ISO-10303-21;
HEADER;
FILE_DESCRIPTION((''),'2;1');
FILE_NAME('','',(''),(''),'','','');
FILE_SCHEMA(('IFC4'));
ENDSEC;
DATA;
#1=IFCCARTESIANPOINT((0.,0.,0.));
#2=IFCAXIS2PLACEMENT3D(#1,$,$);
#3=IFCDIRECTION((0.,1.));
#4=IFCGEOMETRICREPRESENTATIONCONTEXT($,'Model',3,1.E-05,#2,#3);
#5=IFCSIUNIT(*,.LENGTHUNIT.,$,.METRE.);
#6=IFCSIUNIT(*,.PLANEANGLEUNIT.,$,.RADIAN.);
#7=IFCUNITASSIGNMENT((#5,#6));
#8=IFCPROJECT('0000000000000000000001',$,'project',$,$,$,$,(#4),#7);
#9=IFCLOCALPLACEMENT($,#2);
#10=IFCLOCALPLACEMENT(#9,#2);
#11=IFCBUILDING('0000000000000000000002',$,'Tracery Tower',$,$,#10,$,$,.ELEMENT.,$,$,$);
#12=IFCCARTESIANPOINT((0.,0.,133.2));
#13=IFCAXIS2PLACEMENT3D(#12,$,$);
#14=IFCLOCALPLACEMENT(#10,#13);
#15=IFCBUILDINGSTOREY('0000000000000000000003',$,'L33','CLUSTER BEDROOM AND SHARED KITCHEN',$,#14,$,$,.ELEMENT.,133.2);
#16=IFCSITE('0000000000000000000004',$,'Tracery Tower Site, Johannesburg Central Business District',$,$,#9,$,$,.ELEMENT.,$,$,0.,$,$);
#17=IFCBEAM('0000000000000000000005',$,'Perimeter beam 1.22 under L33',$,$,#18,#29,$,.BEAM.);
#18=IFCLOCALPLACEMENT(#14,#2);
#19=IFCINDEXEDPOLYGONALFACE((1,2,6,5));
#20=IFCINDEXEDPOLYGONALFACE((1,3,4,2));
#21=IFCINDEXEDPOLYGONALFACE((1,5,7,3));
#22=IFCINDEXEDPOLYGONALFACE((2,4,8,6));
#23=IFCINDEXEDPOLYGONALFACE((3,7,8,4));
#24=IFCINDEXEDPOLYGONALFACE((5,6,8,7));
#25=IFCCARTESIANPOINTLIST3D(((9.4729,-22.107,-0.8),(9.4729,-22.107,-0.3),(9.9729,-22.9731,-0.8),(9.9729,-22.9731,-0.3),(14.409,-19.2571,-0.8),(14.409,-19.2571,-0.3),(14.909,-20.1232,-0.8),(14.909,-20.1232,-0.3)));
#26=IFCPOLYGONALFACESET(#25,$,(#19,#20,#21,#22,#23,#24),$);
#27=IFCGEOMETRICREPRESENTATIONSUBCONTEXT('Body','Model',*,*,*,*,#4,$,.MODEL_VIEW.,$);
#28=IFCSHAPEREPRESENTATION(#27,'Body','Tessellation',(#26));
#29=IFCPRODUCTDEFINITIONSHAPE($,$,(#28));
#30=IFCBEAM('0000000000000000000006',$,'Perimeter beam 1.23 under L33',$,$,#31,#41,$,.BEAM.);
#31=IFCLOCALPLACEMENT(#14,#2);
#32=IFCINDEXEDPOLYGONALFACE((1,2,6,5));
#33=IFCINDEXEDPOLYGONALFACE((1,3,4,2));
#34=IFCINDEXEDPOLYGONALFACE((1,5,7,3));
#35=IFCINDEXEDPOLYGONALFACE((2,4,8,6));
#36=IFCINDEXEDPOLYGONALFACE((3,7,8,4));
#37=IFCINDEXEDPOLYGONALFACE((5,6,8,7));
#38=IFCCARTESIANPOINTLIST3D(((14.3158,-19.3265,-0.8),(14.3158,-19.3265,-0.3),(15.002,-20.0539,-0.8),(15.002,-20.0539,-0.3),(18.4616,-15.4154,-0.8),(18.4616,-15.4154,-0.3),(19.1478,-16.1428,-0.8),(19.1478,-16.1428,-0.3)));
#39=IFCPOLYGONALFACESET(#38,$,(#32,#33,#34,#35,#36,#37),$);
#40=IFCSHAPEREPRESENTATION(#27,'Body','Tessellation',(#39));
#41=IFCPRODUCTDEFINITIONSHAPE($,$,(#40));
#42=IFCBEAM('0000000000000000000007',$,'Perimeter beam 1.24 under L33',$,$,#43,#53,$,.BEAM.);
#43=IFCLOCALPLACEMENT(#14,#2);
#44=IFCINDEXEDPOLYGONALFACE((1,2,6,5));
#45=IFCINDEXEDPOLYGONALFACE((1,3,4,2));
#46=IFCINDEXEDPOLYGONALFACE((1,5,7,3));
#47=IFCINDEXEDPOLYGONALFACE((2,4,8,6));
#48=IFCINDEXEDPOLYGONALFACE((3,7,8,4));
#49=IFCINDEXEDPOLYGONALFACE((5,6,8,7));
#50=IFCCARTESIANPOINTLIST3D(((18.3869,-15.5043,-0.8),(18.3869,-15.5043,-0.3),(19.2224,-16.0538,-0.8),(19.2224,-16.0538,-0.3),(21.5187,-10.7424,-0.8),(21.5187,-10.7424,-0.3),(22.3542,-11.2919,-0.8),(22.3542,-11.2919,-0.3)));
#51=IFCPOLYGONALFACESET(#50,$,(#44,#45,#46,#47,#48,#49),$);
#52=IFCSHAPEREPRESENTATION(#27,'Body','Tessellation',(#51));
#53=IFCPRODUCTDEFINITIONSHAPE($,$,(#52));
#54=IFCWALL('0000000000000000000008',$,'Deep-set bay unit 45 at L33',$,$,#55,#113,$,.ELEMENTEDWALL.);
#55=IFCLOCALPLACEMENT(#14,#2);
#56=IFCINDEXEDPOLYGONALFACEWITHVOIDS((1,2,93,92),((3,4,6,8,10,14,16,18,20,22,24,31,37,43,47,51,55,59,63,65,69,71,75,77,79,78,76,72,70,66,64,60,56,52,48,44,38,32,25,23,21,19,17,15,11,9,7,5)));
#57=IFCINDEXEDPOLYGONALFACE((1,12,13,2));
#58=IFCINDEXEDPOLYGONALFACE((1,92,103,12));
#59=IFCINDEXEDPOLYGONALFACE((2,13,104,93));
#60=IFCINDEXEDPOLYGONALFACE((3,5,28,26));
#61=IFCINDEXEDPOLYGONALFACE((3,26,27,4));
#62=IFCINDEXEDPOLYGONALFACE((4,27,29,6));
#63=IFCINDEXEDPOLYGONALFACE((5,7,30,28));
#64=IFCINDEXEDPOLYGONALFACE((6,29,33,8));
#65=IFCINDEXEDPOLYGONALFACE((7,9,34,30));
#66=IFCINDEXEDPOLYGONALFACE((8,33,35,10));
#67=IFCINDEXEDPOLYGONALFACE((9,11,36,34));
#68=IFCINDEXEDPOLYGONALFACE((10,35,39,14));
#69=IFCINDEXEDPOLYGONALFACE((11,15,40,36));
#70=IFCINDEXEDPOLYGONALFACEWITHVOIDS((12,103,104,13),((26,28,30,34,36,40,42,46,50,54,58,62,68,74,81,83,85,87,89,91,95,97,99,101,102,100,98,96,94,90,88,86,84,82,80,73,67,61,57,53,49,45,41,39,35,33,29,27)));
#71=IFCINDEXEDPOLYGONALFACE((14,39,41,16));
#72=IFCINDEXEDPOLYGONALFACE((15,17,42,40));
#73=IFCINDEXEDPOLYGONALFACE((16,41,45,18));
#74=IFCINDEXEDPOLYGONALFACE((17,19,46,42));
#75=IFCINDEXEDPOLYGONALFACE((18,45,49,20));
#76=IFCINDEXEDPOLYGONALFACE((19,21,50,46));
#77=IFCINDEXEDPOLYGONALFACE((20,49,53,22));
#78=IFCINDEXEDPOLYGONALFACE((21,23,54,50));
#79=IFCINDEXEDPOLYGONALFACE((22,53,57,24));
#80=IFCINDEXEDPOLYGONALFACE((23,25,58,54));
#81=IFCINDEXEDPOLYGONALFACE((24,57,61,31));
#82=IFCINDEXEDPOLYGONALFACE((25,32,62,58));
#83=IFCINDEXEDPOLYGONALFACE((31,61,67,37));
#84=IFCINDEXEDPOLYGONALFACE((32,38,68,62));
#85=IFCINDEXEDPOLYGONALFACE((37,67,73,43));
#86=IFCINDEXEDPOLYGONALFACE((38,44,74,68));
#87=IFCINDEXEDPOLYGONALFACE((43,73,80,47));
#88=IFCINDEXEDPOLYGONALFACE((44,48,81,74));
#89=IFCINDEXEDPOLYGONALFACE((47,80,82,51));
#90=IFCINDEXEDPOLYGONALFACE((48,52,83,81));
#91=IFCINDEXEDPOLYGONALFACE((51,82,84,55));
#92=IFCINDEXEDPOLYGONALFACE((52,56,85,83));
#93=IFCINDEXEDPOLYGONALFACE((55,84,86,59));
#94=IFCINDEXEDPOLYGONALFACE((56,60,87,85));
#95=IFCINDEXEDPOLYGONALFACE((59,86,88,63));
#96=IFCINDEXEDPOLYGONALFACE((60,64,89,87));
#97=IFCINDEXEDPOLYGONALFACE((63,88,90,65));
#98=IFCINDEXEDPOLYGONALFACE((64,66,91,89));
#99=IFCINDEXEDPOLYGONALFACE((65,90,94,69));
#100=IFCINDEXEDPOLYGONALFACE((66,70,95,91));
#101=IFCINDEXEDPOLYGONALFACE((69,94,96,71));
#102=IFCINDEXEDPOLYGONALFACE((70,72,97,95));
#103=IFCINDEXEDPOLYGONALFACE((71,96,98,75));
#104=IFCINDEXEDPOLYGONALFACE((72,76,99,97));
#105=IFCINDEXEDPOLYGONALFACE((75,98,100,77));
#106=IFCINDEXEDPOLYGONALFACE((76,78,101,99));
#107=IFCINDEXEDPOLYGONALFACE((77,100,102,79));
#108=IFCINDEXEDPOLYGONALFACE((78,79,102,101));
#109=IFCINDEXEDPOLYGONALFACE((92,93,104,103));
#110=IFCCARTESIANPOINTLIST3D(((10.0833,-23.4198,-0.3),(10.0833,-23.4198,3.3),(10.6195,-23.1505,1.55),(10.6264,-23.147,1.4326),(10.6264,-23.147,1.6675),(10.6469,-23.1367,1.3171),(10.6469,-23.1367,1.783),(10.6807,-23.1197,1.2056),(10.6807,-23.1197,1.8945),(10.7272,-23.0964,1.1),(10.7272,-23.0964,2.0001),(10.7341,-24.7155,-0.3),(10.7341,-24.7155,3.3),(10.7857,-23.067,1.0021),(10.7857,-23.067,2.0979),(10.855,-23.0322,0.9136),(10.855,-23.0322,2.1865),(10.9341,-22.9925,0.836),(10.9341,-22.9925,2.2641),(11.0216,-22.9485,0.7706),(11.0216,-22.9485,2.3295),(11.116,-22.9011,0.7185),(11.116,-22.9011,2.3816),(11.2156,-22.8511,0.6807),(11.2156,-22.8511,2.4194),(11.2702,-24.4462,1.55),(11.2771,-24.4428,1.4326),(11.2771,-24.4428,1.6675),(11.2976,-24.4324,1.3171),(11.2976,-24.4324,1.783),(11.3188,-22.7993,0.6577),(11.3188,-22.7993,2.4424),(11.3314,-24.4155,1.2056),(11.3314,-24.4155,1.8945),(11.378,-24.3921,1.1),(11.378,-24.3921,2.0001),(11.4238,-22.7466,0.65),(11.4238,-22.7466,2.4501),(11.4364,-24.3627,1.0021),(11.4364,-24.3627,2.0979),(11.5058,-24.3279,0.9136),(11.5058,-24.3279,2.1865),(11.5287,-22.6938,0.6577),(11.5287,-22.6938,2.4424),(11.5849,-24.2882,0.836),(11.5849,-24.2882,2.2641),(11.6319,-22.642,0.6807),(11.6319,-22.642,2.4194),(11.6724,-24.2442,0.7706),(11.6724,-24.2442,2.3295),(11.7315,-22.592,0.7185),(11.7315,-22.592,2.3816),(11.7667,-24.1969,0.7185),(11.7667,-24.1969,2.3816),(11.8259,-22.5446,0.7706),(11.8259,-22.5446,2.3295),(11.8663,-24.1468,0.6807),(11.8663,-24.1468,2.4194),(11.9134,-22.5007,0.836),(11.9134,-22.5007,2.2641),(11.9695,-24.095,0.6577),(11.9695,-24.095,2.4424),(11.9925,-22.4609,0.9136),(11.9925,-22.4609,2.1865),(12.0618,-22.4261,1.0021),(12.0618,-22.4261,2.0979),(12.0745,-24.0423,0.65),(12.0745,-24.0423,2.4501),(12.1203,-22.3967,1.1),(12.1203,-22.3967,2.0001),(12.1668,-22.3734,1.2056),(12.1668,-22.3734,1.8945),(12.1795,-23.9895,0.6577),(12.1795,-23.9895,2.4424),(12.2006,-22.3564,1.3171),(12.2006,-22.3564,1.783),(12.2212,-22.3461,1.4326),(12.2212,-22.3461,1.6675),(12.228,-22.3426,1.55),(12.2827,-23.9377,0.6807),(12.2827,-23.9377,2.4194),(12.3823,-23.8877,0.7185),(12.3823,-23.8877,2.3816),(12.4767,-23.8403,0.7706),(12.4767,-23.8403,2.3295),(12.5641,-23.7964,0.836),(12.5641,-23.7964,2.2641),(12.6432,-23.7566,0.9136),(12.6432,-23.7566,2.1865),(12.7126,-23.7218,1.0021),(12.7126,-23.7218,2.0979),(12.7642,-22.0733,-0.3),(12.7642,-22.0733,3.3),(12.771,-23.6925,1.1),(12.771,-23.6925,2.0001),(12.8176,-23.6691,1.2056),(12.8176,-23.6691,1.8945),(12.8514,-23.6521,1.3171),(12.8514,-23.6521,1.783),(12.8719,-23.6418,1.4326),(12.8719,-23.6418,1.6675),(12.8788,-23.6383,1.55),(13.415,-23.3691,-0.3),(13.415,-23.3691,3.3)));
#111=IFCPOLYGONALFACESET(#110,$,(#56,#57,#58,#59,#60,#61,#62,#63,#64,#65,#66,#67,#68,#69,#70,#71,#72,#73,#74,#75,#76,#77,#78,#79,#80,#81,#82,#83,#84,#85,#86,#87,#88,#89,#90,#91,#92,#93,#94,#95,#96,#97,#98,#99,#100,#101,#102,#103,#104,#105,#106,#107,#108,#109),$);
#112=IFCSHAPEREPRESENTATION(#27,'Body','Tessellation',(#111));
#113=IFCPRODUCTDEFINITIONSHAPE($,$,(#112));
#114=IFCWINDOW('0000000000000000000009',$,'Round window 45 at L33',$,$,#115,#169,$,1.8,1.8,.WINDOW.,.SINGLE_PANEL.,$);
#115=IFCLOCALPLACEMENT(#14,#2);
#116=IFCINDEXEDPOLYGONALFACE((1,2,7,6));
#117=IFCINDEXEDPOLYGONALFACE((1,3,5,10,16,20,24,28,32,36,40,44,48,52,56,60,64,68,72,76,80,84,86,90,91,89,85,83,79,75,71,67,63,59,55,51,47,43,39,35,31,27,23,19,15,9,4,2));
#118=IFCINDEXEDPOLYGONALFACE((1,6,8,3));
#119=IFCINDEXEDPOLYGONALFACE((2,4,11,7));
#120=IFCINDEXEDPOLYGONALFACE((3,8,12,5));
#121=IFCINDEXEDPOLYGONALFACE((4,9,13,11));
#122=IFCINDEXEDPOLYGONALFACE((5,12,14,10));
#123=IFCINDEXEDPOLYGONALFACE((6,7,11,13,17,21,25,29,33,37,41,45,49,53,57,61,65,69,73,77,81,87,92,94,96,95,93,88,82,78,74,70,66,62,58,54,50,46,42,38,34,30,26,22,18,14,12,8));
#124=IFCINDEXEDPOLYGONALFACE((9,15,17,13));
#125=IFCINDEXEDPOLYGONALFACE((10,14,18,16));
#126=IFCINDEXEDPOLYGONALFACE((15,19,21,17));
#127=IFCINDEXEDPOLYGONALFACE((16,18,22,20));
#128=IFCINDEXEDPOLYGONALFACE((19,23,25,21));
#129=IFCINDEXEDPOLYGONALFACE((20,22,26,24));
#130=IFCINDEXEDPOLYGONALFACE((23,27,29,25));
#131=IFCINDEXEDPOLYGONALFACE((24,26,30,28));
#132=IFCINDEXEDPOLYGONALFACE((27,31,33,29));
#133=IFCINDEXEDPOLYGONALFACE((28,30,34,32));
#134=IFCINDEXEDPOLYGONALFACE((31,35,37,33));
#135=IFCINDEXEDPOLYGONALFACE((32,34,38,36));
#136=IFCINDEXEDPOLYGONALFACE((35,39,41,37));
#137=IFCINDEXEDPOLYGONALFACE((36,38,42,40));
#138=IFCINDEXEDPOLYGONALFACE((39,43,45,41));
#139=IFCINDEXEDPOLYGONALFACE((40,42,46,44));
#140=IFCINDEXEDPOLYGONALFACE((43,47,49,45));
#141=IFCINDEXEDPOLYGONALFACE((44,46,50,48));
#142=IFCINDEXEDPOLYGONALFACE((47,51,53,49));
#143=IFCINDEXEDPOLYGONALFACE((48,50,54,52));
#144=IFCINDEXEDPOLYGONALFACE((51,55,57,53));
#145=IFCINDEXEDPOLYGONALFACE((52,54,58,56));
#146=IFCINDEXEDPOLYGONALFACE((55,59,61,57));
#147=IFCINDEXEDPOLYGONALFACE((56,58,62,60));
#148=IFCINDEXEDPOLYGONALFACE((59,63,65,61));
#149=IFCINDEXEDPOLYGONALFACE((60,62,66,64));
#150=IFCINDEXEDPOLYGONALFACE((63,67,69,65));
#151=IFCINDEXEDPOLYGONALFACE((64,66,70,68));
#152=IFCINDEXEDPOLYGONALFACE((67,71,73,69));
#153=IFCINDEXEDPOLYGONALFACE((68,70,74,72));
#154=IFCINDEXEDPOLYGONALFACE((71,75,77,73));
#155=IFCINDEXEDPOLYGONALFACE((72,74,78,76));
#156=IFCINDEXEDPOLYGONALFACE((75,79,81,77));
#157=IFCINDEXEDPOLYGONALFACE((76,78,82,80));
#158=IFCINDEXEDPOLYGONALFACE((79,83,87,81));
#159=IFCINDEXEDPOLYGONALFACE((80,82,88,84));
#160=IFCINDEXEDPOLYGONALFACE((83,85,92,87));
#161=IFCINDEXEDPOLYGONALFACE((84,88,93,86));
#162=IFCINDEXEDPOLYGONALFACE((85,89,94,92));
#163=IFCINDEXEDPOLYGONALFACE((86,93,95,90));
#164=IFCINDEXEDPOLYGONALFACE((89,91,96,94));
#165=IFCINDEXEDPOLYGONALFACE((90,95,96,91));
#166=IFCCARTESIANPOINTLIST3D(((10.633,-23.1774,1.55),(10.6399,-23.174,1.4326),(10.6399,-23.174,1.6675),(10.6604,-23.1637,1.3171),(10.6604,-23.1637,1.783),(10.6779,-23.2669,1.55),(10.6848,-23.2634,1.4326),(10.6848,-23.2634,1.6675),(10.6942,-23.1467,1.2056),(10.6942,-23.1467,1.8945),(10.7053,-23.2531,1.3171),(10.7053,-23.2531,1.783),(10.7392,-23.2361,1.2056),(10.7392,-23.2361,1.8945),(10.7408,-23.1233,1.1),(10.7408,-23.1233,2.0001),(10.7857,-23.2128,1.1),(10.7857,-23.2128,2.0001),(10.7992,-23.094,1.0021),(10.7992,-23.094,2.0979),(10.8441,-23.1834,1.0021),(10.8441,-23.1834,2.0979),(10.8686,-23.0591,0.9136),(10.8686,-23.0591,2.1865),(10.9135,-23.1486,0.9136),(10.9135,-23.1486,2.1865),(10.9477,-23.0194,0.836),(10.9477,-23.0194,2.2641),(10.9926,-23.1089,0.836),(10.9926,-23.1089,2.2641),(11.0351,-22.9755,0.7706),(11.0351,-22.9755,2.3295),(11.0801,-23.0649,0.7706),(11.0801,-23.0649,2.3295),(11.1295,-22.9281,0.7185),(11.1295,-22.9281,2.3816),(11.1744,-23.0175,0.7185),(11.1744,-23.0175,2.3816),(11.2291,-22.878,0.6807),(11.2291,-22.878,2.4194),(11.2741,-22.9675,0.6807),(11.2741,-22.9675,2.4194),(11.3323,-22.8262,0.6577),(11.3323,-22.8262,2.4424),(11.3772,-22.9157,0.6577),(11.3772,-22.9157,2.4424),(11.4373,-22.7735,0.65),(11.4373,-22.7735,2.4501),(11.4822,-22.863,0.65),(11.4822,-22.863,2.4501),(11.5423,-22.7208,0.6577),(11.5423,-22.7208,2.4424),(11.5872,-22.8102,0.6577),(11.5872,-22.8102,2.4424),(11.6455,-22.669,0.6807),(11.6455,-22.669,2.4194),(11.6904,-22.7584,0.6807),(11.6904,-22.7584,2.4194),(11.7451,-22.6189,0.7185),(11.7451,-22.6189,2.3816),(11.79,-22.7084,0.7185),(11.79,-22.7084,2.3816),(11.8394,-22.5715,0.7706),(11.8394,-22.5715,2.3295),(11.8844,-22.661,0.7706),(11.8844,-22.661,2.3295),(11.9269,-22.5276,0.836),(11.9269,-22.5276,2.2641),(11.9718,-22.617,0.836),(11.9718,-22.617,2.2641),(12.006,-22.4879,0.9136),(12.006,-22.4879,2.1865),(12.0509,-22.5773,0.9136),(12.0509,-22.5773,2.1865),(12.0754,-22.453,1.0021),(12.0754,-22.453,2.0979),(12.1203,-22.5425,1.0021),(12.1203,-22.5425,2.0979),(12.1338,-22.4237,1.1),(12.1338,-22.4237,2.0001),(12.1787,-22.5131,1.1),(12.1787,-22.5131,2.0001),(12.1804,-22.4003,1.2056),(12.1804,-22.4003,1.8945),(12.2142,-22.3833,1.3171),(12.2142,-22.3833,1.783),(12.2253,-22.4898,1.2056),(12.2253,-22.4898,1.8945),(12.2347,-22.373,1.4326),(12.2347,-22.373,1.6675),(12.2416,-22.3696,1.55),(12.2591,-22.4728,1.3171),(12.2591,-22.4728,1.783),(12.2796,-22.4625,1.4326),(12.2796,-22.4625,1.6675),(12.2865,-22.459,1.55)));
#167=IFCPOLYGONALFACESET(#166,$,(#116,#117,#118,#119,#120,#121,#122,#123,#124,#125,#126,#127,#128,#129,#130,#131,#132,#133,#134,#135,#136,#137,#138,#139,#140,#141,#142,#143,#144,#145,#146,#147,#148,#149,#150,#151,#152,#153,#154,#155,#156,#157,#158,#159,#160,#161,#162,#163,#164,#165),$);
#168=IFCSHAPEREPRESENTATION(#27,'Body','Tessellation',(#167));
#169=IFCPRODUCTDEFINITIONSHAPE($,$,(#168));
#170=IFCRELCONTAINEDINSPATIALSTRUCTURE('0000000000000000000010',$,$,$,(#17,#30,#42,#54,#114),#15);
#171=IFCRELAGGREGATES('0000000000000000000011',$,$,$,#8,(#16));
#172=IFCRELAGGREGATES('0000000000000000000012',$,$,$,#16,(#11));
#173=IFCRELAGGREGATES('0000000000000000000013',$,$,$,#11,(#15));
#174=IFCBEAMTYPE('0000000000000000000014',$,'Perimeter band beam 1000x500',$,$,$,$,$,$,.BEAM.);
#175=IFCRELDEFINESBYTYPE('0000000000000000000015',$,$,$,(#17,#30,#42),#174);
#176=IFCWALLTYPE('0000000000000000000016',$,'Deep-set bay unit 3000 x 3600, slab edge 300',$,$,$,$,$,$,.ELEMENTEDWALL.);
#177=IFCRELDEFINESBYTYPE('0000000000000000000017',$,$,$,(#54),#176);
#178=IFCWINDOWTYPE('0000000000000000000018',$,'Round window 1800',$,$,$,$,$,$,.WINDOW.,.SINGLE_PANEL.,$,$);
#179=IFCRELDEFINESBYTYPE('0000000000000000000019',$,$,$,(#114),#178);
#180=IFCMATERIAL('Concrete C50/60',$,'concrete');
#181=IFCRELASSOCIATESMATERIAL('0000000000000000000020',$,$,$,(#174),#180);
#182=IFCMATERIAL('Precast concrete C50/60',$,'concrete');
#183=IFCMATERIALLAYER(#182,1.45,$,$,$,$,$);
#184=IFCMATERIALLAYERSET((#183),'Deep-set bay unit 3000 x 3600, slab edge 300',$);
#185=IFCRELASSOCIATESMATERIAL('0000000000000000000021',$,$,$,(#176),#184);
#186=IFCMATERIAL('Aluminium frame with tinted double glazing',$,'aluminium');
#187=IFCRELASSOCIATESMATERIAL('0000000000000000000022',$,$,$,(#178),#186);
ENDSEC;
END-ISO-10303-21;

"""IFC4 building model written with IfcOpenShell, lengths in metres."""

from ifc_helpers import new_model, si_unit, direction, frame, frame_2d, origin, origin_2d, place, context, subcontext, project, spatial, rectangle, circle, extrude, material, layer, layer_set, material_profile, profile_set, type_object, element, fill, save


model = new_model("IFC4")

# Units and contexts
model_context = context("Model", 3, precision=1e-05, world=origin(), true_north=direction((0.0, 1.0)))
body_context = subcontext(model_context, "Body", "Model", "MODEL_VIEW")
ifc_project = project(units=[si_unit("LENGTHUNIT", "METRE"), si_unit("PLANEANGLEUNIT", "RADIAN")], contexts=[model_context])

# Site, building, storey
site_placement = place(None, origin())
site = spatial("IfcSite", under=ifc_project, at=site_placement, Name="Tracery Tower Site, Johannesburg Central Business District", CompositionType="ELEMENT", RefElevation=0.0)
building_placement = place(site_placement, origin())
building = spatial("IfcBuilding", under=site, at=building_placement, Name="Tracery Tower", CompositionType="ELEMENT")
storey_placement = place(building_placement, frame((0.0, 0.0, 133.2)))
storey = spatial("IfcBuildingStorey", under=building, at=storey_placement, Name="L33", Description="CLUSTER BEDROOM AND SHARED KITCHEN", CompositionType="ELEMENT", Elevation=133.2)

# Beams
ifc_material_1 = material(Name="Concrete C50/60", Category="concrete")
ifc_material_profile_1 = material_profile(ifc_material_1, rectangle(XDim=1.0, YDim=0.5, at=origin_2d()), Name="RC 1000x500")
ifc_profile_set_1 = profile_set([ifc_material_profile_1], Name="Concrete C50/60")
beam_type = type_object("IfcBeamType", Name="Perimeter band beam 1000x500", PredefinedType="BEAM", material=ifc_profile_set_1)
beam_placement = place(storey_placement, frame((9.7229, -22.54, -0.55), z_axis=(0.866023, 0.500004, 0.0), x_axis=(-0.500004, 0.866023, 0.0)))
element("IfcBeam", 1, at=beam_placement, inside=storey, type_object=beam_type, Name="Perimeter beam 1.22 under L33", PredefinedType="BEAM", context=body_context, shape_type="SweptSolid", body=[
    extrude(rectangle(XDim=1.0, YDim=0.5, at=origin_2d()), origin(), (0.0, 0.0, 1.0), 5.6997),
])
for number, where, z_axis, x_axis, name in (
    (2, (14.6589, -19.6902, -0.55), (0.72739, 0.686225, 0.0), (-0.686225, 0.72739, 0.0), "Perimeter beam 1.23 under L33"),
    (3, (18.8047, -15.7791, -0.55), (0.54949, 0.8355, 0.0), (-0.8355, 0.54949, 0.0), "Perimeter beam 1.24 under L33"),
):
    element("IfcBeam", number, at=place(storey_placement, frame(where, z_axis=z_axis, x_axis=x_axis)), inside=storey, type_object=beam_type, Name=name, PredefinedType="BEAM", context=body_context, shape_type="SweptSolid", body=[
        extrude(rectangle(XDim=1.0, YDim=0.5, at=origin_2d()), origin(), (0.0, 0.0, 1.0), 5.6995),
    ])

# Wall, opening, window
ifc_material_2 = material(Name="Precast concrete C50/60", Category="concrete")
ifc_layer_1 = layer(ifc_material_2, 1.45)
ifc_layer_set_1 = layer_set([ifc_layer_1], Name="Deep-set bay unit 3000 x 3600, slab edge 300")
wall_type_1 = type_object("IfcWallType", Name="Deep-set bay unit 3000 x 3600, slab edge 300", PredefinedType="ELEMENTEDWALL", material=ifc_layer_set_1)
wall_1_placement = place(storey_placement, frame((10.4087, -24.0676, -0.3), z_axis=(0.0, 0.0, 1.0), x_axis=(0.893628, 0.448808, 0.0)))
wall_1 = element("IfcWall", 4, at=wall_1_placement, inside=storey, type_object=wall_type_1, Name="Deep-set bay unit 45 at L33", PredefinedType="ELEMENTEDWALL", context=body_context, shape_type="SweptSolid", body=[
    extrude(rectangle(XDim=3.0, YDim=1.45, at=frame_2d((1.5, 0.0))), origin(), (0.0, 0.0, 1.0), 3.6001),
])
opening_1_placement = place(wall_1_placement, frame((1.5, 0.0, 1.8501)))
opening_1 = element("IfcOpeningElement", 5, at=opening_1_placement, cuts=wall_1, PredefinedType="OPENING", context=body_context, shape_type="SweptSolid", body=[
    extrude(circle(Radius=0.9, at=origin_2d()), frame((0.0, 0.7349, 0.0), z_axis=(0.0, -1.0, 0.0), x_axis=(1.0, 0.0, 0.0)), (0.0, 0.0, 1.0), 1.47),
])
ifc_material_3 = material(Name="Aluminium frame with tinted double glazing", Category="aluminium")
window_type = type_object("IfcWindowType", Name="Round window 1800", PartitioningType="SINGLE_PANEL", PredefinedType="WINDOW", material=ifc_material_3)
window_1_placement = place(opening_1_placement, origin())
window_1 = element("IfcWindow", 6, at=window_1_placement, inside=storey, type_object=window_type, Name="Round window 45 at L33", OverallHeight=1.8, OverallWidth=1.8, PartitioningType="SINGLE_PANEL", PredefinedType="WINDOW", context=body_context, shape_type="SweptSolid", body=[
    extrude(circle(Radius=0.9, at=origin_2d()), frame((0.0, 0.6948, 0.0), z_axis=(0.0, -1.0, 0.0), x_axis=(1.0, 0.0, 0.0)), (0.0, 0.0, 1.0), 0.1001),
])
fill(opening_1, window_1)

save(model, "model.ifc")
